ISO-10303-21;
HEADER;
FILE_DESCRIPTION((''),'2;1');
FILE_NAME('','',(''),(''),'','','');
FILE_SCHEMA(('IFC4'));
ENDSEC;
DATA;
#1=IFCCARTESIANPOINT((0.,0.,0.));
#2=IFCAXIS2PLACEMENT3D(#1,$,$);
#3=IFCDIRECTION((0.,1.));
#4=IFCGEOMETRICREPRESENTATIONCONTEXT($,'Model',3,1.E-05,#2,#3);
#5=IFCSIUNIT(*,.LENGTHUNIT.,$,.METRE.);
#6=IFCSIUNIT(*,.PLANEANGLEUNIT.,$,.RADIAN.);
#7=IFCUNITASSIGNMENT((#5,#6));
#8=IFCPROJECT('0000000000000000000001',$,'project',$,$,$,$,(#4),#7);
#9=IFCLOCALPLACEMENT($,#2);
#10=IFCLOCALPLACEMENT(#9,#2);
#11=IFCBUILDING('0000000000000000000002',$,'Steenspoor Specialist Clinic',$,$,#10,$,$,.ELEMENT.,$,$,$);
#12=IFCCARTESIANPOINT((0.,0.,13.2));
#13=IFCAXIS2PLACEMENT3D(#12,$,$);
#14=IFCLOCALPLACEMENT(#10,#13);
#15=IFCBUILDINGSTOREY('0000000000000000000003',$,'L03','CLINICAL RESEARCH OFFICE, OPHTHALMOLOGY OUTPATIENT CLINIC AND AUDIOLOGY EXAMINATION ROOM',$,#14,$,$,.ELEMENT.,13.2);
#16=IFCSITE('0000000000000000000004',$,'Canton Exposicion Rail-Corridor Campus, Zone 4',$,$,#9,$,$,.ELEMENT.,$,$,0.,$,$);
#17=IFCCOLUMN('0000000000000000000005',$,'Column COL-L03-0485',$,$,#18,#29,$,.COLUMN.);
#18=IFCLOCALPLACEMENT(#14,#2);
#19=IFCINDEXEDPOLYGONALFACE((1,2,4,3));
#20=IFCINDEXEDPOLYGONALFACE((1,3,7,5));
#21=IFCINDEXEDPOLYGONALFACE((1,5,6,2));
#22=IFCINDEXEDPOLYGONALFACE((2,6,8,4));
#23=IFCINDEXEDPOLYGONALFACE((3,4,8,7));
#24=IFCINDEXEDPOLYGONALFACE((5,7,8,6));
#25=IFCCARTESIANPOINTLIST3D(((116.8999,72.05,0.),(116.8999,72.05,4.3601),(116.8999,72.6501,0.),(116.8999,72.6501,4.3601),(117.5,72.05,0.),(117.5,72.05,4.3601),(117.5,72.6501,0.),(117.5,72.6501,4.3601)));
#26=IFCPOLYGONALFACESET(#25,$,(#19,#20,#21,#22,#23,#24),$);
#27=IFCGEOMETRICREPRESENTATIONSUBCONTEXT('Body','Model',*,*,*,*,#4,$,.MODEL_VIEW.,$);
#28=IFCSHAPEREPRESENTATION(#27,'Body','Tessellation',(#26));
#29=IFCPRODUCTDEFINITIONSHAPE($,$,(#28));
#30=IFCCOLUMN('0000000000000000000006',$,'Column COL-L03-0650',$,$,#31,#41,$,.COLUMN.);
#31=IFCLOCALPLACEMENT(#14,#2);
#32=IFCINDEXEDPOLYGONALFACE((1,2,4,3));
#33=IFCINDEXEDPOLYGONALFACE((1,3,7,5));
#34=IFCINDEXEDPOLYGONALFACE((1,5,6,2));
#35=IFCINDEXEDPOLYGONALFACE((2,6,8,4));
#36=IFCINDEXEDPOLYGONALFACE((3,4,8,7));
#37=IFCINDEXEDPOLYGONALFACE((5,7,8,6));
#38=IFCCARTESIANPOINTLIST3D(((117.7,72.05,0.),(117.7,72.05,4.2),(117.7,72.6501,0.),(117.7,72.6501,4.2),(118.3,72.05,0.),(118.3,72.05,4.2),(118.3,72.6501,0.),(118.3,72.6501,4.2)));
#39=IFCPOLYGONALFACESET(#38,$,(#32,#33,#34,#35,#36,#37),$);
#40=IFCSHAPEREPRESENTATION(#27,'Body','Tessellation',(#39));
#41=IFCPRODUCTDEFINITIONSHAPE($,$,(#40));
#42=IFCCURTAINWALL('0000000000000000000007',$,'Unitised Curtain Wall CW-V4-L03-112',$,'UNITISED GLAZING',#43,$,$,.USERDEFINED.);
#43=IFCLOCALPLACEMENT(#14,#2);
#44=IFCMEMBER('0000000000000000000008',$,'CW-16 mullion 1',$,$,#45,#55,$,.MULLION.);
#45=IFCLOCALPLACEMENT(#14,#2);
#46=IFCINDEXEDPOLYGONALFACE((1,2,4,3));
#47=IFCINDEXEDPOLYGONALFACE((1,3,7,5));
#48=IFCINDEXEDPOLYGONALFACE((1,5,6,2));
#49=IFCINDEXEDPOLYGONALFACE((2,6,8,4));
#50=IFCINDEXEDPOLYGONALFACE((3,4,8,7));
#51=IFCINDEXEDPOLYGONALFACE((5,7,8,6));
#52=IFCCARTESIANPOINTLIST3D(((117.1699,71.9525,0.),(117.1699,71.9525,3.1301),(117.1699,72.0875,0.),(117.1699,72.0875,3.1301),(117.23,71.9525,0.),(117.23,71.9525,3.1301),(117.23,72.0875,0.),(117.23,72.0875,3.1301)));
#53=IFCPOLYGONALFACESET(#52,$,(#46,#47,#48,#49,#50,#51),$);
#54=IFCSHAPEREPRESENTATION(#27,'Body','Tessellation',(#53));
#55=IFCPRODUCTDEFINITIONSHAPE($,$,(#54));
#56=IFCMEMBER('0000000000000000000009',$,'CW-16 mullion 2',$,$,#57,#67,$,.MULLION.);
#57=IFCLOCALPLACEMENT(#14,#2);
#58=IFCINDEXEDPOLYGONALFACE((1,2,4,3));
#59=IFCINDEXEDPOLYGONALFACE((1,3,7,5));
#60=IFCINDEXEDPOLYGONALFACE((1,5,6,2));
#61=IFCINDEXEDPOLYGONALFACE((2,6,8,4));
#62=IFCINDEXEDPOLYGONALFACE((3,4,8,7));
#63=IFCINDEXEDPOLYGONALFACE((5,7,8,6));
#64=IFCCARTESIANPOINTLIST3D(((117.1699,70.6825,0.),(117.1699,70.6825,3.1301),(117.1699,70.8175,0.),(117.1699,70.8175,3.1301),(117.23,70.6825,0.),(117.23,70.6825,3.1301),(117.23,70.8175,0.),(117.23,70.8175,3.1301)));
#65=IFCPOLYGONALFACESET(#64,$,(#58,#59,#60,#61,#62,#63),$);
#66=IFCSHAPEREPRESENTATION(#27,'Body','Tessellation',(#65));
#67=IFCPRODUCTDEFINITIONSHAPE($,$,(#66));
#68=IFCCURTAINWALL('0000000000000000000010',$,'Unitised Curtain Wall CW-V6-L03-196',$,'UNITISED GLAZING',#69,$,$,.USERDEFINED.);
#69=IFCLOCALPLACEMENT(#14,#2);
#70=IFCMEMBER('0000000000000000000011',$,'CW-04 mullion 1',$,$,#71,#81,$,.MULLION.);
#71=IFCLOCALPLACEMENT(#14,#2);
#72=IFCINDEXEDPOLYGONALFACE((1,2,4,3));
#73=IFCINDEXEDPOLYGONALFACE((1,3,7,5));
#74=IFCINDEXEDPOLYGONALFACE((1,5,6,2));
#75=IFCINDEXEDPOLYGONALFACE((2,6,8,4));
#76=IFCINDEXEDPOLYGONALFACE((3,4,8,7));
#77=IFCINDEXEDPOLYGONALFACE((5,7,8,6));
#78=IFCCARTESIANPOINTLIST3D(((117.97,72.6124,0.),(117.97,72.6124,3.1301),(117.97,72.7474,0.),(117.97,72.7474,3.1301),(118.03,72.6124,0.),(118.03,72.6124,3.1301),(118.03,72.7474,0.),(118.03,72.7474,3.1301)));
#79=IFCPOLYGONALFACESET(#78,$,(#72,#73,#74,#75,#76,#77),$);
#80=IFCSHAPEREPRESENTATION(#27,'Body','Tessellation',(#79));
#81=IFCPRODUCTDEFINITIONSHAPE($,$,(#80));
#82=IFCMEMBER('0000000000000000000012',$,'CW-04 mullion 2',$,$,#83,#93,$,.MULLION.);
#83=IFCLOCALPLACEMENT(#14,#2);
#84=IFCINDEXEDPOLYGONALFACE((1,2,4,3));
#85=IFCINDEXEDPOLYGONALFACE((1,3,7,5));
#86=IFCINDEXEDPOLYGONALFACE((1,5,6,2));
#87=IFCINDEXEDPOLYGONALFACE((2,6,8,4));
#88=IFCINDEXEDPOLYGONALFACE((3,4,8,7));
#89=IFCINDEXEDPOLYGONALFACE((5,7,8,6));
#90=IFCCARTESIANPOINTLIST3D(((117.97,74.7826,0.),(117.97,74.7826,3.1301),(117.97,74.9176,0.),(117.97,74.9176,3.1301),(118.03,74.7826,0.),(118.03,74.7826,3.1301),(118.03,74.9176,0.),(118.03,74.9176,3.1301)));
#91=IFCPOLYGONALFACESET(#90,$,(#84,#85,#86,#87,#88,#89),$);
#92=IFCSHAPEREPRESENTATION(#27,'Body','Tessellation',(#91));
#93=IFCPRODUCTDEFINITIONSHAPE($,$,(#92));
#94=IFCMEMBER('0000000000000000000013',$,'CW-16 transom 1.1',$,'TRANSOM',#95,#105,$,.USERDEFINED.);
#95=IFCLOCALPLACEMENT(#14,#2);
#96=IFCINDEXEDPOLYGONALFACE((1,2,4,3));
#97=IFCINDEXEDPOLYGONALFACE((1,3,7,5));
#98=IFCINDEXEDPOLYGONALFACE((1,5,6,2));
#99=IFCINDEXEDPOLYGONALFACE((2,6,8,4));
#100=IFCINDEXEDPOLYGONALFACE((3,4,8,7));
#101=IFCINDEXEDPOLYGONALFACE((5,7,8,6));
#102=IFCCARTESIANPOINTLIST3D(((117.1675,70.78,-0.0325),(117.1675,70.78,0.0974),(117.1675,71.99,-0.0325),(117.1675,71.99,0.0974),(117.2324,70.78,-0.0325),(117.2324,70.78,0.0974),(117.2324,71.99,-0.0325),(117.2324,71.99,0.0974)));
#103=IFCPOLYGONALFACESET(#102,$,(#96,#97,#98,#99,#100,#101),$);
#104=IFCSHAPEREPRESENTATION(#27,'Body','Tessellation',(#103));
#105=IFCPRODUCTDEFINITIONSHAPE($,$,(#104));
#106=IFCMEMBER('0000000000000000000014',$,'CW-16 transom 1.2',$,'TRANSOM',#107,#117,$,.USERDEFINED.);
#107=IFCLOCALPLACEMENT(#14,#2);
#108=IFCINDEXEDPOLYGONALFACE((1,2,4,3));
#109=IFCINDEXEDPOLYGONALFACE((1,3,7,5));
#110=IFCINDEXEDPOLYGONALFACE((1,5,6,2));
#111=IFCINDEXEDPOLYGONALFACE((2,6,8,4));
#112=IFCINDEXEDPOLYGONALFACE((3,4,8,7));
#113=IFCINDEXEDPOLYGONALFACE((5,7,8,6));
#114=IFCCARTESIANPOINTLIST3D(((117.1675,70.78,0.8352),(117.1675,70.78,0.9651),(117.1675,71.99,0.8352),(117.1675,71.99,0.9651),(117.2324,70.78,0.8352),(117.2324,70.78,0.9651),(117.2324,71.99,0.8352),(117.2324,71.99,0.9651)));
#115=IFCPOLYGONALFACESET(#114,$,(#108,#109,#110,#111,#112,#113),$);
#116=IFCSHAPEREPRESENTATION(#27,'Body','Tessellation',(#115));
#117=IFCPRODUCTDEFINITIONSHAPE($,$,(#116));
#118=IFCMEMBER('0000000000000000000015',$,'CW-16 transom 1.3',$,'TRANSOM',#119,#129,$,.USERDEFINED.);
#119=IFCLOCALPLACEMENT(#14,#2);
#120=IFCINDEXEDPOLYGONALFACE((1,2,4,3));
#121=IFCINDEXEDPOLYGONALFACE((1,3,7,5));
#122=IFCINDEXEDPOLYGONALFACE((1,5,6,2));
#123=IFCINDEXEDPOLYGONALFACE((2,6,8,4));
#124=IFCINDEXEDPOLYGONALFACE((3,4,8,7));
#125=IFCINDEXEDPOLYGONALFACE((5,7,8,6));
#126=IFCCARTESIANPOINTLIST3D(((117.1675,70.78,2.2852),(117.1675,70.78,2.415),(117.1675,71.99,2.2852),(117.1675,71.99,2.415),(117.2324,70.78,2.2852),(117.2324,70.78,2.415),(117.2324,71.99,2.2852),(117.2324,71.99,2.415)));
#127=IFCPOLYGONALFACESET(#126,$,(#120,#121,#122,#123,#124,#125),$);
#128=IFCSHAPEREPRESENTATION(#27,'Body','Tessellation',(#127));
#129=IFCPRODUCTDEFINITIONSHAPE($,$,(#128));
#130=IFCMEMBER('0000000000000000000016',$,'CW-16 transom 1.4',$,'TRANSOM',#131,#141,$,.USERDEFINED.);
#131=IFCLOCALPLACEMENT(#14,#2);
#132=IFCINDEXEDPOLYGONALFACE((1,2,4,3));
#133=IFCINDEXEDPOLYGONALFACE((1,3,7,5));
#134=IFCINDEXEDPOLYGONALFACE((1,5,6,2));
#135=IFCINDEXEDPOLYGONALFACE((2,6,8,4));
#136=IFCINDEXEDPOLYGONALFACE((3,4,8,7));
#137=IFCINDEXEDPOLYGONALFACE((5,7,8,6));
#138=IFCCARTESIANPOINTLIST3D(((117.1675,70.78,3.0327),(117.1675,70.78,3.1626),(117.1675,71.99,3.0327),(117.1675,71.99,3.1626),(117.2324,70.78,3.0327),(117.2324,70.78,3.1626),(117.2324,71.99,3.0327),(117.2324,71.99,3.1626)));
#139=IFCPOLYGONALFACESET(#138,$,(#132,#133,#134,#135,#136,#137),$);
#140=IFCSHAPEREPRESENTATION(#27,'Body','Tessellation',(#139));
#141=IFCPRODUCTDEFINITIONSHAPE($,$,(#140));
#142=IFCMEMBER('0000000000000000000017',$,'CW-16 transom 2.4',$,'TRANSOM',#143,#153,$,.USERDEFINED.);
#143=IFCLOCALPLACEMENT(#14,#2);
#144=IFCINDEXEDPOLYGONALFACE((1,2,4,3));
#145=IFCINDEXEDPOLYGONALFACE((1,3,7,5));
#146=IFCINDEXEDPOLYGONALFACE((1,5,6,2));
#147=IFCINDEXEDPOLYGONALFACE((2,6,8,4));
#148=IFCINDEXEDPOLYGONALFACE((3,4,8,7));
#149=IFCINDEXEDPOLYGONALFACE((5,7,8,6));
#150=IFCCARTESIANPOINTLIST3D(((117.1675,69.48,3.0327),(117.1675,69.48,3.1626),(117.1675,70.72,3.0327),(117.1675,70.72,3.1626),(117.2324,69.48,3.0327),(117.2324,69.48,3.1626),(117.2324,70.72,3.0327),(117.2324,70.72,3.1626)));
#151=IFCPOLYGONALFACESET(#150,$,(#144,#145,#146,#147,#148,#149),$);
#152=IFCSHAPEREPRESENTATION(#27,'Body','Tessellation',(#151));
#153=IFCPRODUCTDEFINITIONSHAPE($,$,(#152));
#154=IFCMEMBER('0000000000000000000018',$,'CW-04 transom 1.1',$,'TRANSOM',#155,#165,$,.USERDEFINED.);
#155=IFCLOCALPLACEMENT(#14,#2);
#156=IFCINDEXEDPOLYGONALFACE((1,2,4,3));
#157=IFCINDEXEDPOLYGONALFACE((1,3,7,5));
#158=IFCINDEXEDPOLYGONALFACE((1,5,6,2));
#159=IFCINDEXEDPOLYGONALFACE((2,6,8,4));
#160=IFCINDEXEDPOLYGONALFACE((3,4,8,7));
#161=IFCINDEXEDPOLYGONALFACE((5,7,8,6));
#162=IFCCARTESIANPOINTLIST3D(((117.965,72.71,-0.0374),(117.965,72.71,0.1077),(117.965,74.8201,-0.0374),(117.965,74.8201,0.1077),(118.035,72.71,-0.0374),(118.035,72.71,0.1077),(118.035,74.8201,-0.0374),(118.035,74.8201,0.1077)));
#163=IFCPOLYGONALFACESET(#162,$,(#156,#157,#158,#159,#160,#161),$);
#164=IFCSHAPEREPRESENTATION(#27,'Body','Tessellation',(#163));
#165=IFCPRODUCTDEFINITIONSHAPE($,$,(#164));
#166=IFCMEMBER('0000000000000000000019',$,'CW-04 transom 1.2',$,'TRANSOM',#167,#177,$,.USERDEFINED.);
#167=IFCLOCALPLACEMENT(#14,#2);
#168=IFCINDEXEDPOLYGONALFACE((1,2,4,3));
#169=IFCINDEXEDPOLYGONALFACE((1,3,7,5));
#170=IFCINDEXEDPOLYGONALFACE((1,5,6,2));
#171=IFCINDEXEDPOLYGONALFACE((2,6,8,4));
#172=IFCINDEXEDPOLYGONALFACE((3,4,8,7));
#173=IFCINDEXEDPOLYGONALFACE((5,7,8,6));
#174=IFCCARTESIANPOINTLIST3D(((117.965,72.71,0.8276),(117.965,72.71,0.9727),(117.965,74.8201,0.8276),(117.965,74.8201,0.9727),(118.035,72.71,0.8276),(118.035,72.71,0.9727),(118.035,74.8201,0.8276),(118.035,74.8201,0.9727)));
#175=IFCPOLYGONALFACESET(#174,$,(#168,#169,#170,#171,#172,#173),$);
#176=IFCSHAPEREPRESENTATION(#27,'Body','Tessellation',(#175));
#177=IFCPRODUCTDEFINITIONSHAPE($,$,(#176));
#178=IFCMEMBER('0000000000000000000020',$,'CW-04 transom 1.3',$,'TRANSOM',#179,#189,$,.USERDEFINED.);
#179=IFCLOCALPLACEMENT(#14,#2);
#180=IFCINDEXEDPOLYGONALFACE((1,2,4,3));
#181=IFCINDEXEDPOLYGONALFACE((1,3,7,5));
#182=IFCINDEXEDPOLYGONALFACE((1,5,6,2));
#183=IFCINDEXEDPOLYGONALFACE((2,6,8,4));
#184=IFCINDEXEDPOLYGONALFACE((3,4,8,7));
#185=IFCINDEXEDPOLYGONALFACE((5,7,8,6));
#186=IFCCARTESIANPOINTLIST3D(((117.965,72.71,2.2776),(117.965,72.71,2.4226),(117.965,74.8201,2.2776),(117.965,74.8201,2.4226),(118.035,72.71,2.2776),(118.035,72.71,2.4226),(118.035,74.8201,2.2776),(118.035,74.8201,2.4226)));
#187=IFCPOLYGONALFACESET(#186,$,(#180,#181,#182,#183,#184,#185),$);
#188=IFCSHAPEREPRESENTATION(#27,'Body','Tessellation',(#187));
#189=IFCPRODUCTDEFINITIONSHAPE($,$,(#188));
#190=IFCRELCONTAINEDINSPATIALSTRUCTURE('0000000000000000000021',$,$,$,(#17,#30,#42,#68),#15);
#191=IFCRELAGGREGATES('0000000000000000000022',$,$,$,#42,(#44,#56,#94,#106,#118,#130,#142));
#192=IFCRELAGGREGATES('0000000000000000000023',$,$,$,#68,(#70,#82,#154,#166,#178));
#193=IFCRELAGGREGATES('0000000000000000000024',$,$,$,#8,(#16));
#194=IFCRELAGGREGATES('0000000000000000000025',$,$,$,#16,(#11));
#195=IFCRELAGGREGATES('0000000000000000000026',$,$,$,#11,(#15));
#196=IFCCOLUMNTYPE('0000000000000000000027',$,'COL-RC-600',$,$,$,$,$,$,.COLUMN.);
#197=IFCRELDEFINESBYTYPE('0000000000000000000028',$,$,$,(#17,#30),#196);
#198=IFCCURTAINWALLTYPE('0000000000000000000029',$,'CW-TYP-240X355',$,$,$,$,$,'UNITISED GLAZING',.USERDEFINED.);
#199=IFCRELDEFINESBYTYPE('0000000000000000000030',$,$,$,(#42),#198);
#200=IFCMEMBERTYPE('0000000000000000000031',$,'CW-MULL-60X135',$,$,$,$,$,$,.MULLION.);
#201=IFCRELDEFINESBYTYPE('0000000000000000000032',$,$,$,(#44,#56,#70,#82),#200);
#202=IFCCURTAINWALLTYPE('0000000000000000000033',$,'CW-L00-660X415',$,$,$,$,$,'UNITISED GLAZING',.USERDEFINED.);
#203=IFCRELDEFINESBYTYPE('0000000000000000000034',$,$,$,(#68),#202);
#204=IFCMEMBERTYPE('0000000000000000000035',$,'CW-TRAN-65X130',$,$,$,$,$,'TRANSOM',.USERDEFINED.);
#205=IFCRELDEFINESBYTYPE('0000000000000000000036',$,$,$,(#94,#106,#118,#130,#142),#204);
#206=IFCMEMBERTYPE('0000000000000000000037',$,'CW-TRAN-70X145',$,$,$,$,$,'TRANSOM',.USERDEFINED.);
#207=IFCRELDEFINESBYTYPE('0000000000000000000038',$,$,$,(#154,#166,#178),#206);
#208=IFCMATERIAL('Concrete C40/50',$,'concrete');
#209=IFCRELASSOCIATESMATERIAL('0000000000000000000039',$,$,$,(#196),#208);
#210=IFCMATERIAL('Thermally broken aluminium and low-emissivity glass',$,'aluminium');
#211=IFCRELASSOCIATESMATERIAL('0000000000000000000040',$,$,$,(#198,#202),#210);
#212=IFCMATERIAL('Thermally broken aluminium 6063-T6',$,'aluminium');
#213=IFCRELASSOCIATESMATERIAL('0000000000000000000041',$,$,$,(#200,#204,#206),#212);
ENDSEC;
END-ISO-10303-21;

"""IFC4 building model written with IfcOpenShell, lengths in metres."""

from ifc_helpers import new_model, si_unit, direction, frame, origin, origin_2d, place, context, subcontext, project, spatial, rectangle, extrude, material, material_profile, profile_set, type_object, element, aggregate, save


model = new_model("IFC4")

# Units and contexts
model_context = context("Model", 3, precision=1e-05, world=origin(), true_north=direction((0.0, 1.0)))
body_context = subcontext(model_context, "Body", "Model", "MODEL_VIEW")
ifc_project = project(units=[si_unit("LENGTHUNIT", "METRE"), si_unit("PLANEANGLEUNIT", "RADIAN")], contexts=[model_context])

# Site, building, storey
site_placement = place(None, origin())
site = spatial("IfcSite", under=ifc_project, at=site_placement, Name="Canton Exposicion Rail-Corridor Campus, Zone 4", CompositionType="ELEMENT", RefElevation=0.0)
building_placement = place(site_placement, origin())
building = spatial("IfcBuilding", under=site, at=building_placement, Name="Steenspoor Specialist Clinic", CompositionType="ELEMENT")
storey_placement = place(building_placement, frame((0.0, 0.0, 13.2)))
storey = spatial("IfcBuildingStorey", under=building, at=storey_placement, Name="L03", Description="CLINICAL RESEARCH OFFICE, OPHTHALMOLOGY OUTPATIENT CLINIC AND AUDIOLOGY EXAMINATION ROOM", CompositionType="ELEMENT", Elevation=13.2)

# Columns
ifc_material_1 = material(Name="Concrete C40/50", Category="concrete")
ifc_material_profile_1 = material_profile(ifc_material_1, rectangle(XDim=0.6001, YDim=0.6001, at=origin_2d()), Name="RC-COL-600X600")
ifc_profile_set_1 = profile_set([ifc_material_profile_1], Name="Concrete C40/50")
column_type = type_object("IfcColumnType", Name="COL-RC-600", PredefinedType="COLUMN", material=ifc_profile_set_1)
column_1_placement = place(storey_placement, frame((117.2, 72.3501, 0.0), z_axis=(0.0, 0.0, 1.0), x_axis=(1.0, 0.0, 0.0)))
element("IfcColumn", 1, at=column_1_placement, inside=storey, type_object=column_type, Name="Column COL-L03-0485", PredefinedType="COLUMN", context=body_context, shape_type="SweptSolid", body=[
    extrude(rectangle(XDim=0.6001, YDim=0.6001, at=origin_2d()), origin(), (0.0, 0.0, 1.0), 4.3601),
])
column_2_placement = place(storey_placement, frame((118.0, 72.3501, 0.0), z_axis=(0.0, 0.0, 1.0), x_axis=(1.0, 0.0, 0.0)))
element("IfcColumn", 2, at=column_2_placement, inside=storey, type_object=column_type, Name="Column COL-L03-0650", PredefinedType="COLUMN", context=body_context, shape_type="SweptSolid", body=[
    extrude(rectangle(XDim=0.6001, YDim=0.6001, at=origin_2d()), origin(), (0.0, 0.0, 1.0), 4.2),
])

# Curtain walls, members
ifc_material_2 = material(Name="Thermally broken aluminium and low-emissivity glass", Category="aluminium")
curtain_wall_type_1 = type_object("IfcCurtainWallType", Name="CW-TYP-240X355", ElementType="UNITISED GLAZING", PredefinedType="USERDEFINED", material=ifc_material_2)
curtain_wall_1_placement = place(storey_placement, origin())
curtain_wall_1 = element("IfcCurtainWall", 3, at=curtain_wall_1_placement, inside=storey, type_object=curtain_wall_type_1, Name="Unitised Curtain Wall CW-V4-L03-112", ObjectType="UNITISED GLAZING", PredefinedType="USERDEFINED")
ifc_material_3 = material(Name="Thermally broken aluminium 6063-T6", Category="aluminium")
ifc_material_profile_2 = material_profile(ifc_material_3, rectangle(XDim=0.0601, YDim=0.135, at=origin_2d()), Name="CWM-60X135")
ifc_profile_set_2 = profile_set([ifc_material_profile_2], Name="Thermally broken aluminium 6063-T6")
member_type_1 = type_object("IfcMemberType", Name="CW-MULL-60X135", PredefinedType="MULLION", material=ifc_profile_set_2)
member_1_placement = place(storey_placement, frame((117.2, 72.02, 0.0), z_axis=(0.0, 0.0, 1.0), x_axis=(1.0, 0.0, 0.0)))
member_1 = element("IfcMember", 4, at=member_1_placement, type_object=member_type_1, Name="CW-16 mullion 1", PredefinedType="MULLION", context=body_context, shape_type="SweptSolid", body=[
    extrude(rectangle(XDim=0.0601, YDim=0.135, at=origin_2d()), origin(), (0.0, 0.0, 1.0), 3.1301),
])
member_2_placement = place(storey_placement, frame((117.2, 70.75, 0.0), z_axis=(0.0, 0.0, 1.0), x_axis=(1.0, 0.0, 0.0)))
member_2 = element("IfcMember", 5, at=member_2_placement, type_object=member_type_1, Name="CW-16 mullion 2", PredefinedType="MULLION", context=body_context, shape_type="SweptSolid", body=[
    extrude(rectangle(XDim=0.0601, YDim=0.135, at=origin_2d()), origin(), (0.0, 0.0, 1.0), 3.1301),
])
curtain_wall_type_2 = type_object("IfcCurtainWallType", Name="CW-L00-660X415", ElementType="UNITISED GLAZING", PredefinedType="USERDEFINED", material=ifc_material_2)
curtain_wall_2_placement = place(storey_placement, origin())
curtain_wall_2 = element("IfcCurtainWall", 6, at=curtain_wall_2_placement, inside=storey, type_object=curtain_wall_type_2, Name="Unitised Curtain Wall CW-V6-L03-196", ObjectType="UNITISED GLAZING", PredefinedType="USERDEFINED")
member_3_placement = place(storey_placement, frame((118.0, 72.6799, 0.0), z_axis=(0.0, 0.0, 1.0), x_axis=(-1.0, 0.0, 0.0)))
member_3 = element("IfcMember", 7, at=member_3_placement, type_object=member_type_1, Name="CW-04 mullion 1", PredefinedType="MULLION", context=body_context, shape_type="SweptSolid", body=[
    extrude(rectangle(XDim=0.0601, YDim=0.135, at=origin_2d()), origin(), (0.0, 0.0, 1.0), 3.1301),
])
member_4_placement = place(storey_placement, frame((118.0, 74.8501, 0.0), z_axis=(0.0, 0.0, 1.0), x_axis=(-1.0, 0.0, 0.0)))
member_4 = element("IfcMember", 8, at=member_4_placement, type_object=member_type_1, Name="CW-04 mullion 2", PredefinedType="MULLION", context=body_context, shape_type="SweptSolid", body=[
    extrude(rectangle(XDim=0.0601, YDim=0.135, at=origin_2d()), origin(), (0.0, 0.0, 1.0), 3.1301),
])

# Members
ifc_material_profile_3 = material_profile(ifc_material_3, rectangle(XDim=0.0649, YDim=0.1299, at=origin_2d()), Name="CWT-65X130")
ifc_profile_set_3 = profile_set([ifc_material_profile_3], Name="Thermally broken aluminium 6063-T6")
member_type_2 = type_object("IfcMemberType", Name="CW-TRAN-65X130", ElementType="TRANSOM", PredefinedType="USERDEFINED", material=ifc_profile_set_3)
member_5_placement = place(storey_placement, frame((117.2, 71.99, 0.0325), z_axis=(0.0, -1.0, 0.0), x_axis=(1.0, 0.0, 0.0)))
member_5 = element("IfcMember", 9, at=member_5_placement, type_object=member_type_2, Name="CW-16 transom 1.1", ObjectType="TRANSOM", PredefinedType="USERDEFINED", context=body_context, shape_type="SweptSolid", body=[
    extrude(rectangle(XDim=0.0649, YDim=0.1299, at=origin_2d()), origin(), (0.0, 0.0, 1.0), 1.21),
])
member_6_placement = place(storey_placement, frame((117.2, 71.99, 0.9001), z_axis=(0.0, -1.0, 0.0), x_axis=(1.0, 0.0, 0.0)))
member_6 = element("IfcMember", 10, at=member_6_placement, type_object=member_type_2, Name="CW-16 transom 1.2", ObjectType="TRANSOM", PredefinedType="USERDEFINED", context=body_context, shape_type="SweptSolid", body=[
    extrude(rectangle(XDim=0.0649, YDim=0.1299, at=origin_2d()), origin(), (0.0, 0.0, 1.0), 1.21),
])
member_7_placement = place(storey_placement, frame((117.2, 71.99, 2.3501), z_axis=(0.0, -1.0, 0.0), x_axis=(1.0, 0.0, 0.0)))
member_7 = element("IfcMember", 11, at=member_7_placement, type_object=member_type_2, Name="CW-16 transom 1.3", ObjectType="TRANSOM", PredefinedType="USERDEFINED", context=body_context, shape_type="SweptSolid", body=[
    extrude(rectangle(XDim=0.0649, YDim=0.1299, at=origin_2d()), origin(), (0.0, 0.0, 1.0), 1.21),
])
member_8_placement = place(storey_placement, frame((117.2, 71.99, 3.0977), z_axis=(0.0, -1.0, 0.0), x_axis=(1.0, 0.0, 0.0)))
member_8 = element("IfcMember", 12, at=member_8_placement, type_object=member_type_2, Name="CW-16 transom 1.4", ObjectType="TRANSOM", PredefinedType="USERDEFINED", context=body_context, shape_type="SweptSolid", body=[
    extrude(rectangle(XDim=0.0649, YDim=0.1299, at=origin_2d()), origin(), (0.0, 0.0, 1.0), 1.21),
])
member_9_placement = place(storey_placement, frame((117.2, 70.72, 3.0977), z_axis=(0.0, -1.0, 0.0), x_axis=(1.0, 0.0, 0.0)))
member_9 = element("IfcMember", 13, at=member_9_placement, type_object=member_type_2, Name="CW-16 transom 2.4", ObjectType="TRANSOM", PredefinedType="USERDEFINED", context=body_context, shape_type="SweptSolid", body=[
    extrude(rectangle(XDim=0.0649, YDim=0.1299, at=origin_2d()), origin(), (0.0, 0.0, 1.0), 1.24),
])
ifc_material_profile_4 = material_profile(ifc_material_3, rectangle(XDim=0.0701, YDim=0.145, at=origin_2d()), Name="CWT-70X145")
ifc_profile_set_4 = profile_set([ifc_material_profile_4], Name="Thermally broken aluminium 6063-T6")
member_type_3 = type_object("IfcMemberType", Name="CW-TRAN-70X145", ElementType="TRANSOM", PredefinedType="USERDEFINED", material=ifc_profile_set_4)
member_10_placement = place(storey_placement, frame((118.0, 72.71, 0.0352), z_axis=(0.0, 1.0, 0.0), x_axis=(-1.0, 0.0, 0.0)))
member_10 = element("IfcMember", 14, at=member_10_placement, type_object=member_type_3, Name="CW-04 transom 1.1", ObjectType="TRANSOM", PredefinedType="USERDEFINED", context=body_context, shape_type="SweptSolid", body=[
    extrude(rectangle(XDim=0.0701, YDim=0.145, at=origin_2d()), origin(), (0.0, 0.0, 1.0), 2.1101),
])
member_11_placement = place(storey_placement, frame((118.0, 72.71, 0.9001), z_axis=(0.0, 1.0, 0.0), x_axis=(-1.0, 0.0, 0.0)))
member_11 = element("IfcMember", 15, at=member_11_placement, type_object=member_type_3, Name="CW-04 transom 1.2", ObjectType="TRANSOM", PredefinedType="USERDEFINED", context=body_context, shape_type="SweptSolid", body=[
    extrude(rectangle(XDim=0.0701, YDim=0.145, at=origin_2d()), origin(), (0.0, 0.0, 1.0), 2.1101),
])
member_12_placement = place(storey_placement, frame((118.0, 72.71, 2.3501), z_axis=(0.0, 1.0, 0.0), x_axis=(-1.0, 0.0, 0.0)))
member_12 = element("IfcMember", 16, at=member_12_placement, type_object=member_type_3, Name="CW-04 transom 1.3", ObjectType="TRANSOM", PredefinedType="USERDEFINED", context=body_context, shape_type="SweptSolid", body=[
    extrude(rectangle(XDim=0.0701, YDim=0.145, at=origin_2d()), origin(), (0.0, 0.0, 1.0), 2.1101),
])

aggregate(curtain_wall_1, [member_1, member_2, member_5, member_6, member_7, member_8, member_9])
aggregate(curtain_wall_2, [member_3, member_4, member_10, member_11, member_12])

save(model, "model.ifc")
